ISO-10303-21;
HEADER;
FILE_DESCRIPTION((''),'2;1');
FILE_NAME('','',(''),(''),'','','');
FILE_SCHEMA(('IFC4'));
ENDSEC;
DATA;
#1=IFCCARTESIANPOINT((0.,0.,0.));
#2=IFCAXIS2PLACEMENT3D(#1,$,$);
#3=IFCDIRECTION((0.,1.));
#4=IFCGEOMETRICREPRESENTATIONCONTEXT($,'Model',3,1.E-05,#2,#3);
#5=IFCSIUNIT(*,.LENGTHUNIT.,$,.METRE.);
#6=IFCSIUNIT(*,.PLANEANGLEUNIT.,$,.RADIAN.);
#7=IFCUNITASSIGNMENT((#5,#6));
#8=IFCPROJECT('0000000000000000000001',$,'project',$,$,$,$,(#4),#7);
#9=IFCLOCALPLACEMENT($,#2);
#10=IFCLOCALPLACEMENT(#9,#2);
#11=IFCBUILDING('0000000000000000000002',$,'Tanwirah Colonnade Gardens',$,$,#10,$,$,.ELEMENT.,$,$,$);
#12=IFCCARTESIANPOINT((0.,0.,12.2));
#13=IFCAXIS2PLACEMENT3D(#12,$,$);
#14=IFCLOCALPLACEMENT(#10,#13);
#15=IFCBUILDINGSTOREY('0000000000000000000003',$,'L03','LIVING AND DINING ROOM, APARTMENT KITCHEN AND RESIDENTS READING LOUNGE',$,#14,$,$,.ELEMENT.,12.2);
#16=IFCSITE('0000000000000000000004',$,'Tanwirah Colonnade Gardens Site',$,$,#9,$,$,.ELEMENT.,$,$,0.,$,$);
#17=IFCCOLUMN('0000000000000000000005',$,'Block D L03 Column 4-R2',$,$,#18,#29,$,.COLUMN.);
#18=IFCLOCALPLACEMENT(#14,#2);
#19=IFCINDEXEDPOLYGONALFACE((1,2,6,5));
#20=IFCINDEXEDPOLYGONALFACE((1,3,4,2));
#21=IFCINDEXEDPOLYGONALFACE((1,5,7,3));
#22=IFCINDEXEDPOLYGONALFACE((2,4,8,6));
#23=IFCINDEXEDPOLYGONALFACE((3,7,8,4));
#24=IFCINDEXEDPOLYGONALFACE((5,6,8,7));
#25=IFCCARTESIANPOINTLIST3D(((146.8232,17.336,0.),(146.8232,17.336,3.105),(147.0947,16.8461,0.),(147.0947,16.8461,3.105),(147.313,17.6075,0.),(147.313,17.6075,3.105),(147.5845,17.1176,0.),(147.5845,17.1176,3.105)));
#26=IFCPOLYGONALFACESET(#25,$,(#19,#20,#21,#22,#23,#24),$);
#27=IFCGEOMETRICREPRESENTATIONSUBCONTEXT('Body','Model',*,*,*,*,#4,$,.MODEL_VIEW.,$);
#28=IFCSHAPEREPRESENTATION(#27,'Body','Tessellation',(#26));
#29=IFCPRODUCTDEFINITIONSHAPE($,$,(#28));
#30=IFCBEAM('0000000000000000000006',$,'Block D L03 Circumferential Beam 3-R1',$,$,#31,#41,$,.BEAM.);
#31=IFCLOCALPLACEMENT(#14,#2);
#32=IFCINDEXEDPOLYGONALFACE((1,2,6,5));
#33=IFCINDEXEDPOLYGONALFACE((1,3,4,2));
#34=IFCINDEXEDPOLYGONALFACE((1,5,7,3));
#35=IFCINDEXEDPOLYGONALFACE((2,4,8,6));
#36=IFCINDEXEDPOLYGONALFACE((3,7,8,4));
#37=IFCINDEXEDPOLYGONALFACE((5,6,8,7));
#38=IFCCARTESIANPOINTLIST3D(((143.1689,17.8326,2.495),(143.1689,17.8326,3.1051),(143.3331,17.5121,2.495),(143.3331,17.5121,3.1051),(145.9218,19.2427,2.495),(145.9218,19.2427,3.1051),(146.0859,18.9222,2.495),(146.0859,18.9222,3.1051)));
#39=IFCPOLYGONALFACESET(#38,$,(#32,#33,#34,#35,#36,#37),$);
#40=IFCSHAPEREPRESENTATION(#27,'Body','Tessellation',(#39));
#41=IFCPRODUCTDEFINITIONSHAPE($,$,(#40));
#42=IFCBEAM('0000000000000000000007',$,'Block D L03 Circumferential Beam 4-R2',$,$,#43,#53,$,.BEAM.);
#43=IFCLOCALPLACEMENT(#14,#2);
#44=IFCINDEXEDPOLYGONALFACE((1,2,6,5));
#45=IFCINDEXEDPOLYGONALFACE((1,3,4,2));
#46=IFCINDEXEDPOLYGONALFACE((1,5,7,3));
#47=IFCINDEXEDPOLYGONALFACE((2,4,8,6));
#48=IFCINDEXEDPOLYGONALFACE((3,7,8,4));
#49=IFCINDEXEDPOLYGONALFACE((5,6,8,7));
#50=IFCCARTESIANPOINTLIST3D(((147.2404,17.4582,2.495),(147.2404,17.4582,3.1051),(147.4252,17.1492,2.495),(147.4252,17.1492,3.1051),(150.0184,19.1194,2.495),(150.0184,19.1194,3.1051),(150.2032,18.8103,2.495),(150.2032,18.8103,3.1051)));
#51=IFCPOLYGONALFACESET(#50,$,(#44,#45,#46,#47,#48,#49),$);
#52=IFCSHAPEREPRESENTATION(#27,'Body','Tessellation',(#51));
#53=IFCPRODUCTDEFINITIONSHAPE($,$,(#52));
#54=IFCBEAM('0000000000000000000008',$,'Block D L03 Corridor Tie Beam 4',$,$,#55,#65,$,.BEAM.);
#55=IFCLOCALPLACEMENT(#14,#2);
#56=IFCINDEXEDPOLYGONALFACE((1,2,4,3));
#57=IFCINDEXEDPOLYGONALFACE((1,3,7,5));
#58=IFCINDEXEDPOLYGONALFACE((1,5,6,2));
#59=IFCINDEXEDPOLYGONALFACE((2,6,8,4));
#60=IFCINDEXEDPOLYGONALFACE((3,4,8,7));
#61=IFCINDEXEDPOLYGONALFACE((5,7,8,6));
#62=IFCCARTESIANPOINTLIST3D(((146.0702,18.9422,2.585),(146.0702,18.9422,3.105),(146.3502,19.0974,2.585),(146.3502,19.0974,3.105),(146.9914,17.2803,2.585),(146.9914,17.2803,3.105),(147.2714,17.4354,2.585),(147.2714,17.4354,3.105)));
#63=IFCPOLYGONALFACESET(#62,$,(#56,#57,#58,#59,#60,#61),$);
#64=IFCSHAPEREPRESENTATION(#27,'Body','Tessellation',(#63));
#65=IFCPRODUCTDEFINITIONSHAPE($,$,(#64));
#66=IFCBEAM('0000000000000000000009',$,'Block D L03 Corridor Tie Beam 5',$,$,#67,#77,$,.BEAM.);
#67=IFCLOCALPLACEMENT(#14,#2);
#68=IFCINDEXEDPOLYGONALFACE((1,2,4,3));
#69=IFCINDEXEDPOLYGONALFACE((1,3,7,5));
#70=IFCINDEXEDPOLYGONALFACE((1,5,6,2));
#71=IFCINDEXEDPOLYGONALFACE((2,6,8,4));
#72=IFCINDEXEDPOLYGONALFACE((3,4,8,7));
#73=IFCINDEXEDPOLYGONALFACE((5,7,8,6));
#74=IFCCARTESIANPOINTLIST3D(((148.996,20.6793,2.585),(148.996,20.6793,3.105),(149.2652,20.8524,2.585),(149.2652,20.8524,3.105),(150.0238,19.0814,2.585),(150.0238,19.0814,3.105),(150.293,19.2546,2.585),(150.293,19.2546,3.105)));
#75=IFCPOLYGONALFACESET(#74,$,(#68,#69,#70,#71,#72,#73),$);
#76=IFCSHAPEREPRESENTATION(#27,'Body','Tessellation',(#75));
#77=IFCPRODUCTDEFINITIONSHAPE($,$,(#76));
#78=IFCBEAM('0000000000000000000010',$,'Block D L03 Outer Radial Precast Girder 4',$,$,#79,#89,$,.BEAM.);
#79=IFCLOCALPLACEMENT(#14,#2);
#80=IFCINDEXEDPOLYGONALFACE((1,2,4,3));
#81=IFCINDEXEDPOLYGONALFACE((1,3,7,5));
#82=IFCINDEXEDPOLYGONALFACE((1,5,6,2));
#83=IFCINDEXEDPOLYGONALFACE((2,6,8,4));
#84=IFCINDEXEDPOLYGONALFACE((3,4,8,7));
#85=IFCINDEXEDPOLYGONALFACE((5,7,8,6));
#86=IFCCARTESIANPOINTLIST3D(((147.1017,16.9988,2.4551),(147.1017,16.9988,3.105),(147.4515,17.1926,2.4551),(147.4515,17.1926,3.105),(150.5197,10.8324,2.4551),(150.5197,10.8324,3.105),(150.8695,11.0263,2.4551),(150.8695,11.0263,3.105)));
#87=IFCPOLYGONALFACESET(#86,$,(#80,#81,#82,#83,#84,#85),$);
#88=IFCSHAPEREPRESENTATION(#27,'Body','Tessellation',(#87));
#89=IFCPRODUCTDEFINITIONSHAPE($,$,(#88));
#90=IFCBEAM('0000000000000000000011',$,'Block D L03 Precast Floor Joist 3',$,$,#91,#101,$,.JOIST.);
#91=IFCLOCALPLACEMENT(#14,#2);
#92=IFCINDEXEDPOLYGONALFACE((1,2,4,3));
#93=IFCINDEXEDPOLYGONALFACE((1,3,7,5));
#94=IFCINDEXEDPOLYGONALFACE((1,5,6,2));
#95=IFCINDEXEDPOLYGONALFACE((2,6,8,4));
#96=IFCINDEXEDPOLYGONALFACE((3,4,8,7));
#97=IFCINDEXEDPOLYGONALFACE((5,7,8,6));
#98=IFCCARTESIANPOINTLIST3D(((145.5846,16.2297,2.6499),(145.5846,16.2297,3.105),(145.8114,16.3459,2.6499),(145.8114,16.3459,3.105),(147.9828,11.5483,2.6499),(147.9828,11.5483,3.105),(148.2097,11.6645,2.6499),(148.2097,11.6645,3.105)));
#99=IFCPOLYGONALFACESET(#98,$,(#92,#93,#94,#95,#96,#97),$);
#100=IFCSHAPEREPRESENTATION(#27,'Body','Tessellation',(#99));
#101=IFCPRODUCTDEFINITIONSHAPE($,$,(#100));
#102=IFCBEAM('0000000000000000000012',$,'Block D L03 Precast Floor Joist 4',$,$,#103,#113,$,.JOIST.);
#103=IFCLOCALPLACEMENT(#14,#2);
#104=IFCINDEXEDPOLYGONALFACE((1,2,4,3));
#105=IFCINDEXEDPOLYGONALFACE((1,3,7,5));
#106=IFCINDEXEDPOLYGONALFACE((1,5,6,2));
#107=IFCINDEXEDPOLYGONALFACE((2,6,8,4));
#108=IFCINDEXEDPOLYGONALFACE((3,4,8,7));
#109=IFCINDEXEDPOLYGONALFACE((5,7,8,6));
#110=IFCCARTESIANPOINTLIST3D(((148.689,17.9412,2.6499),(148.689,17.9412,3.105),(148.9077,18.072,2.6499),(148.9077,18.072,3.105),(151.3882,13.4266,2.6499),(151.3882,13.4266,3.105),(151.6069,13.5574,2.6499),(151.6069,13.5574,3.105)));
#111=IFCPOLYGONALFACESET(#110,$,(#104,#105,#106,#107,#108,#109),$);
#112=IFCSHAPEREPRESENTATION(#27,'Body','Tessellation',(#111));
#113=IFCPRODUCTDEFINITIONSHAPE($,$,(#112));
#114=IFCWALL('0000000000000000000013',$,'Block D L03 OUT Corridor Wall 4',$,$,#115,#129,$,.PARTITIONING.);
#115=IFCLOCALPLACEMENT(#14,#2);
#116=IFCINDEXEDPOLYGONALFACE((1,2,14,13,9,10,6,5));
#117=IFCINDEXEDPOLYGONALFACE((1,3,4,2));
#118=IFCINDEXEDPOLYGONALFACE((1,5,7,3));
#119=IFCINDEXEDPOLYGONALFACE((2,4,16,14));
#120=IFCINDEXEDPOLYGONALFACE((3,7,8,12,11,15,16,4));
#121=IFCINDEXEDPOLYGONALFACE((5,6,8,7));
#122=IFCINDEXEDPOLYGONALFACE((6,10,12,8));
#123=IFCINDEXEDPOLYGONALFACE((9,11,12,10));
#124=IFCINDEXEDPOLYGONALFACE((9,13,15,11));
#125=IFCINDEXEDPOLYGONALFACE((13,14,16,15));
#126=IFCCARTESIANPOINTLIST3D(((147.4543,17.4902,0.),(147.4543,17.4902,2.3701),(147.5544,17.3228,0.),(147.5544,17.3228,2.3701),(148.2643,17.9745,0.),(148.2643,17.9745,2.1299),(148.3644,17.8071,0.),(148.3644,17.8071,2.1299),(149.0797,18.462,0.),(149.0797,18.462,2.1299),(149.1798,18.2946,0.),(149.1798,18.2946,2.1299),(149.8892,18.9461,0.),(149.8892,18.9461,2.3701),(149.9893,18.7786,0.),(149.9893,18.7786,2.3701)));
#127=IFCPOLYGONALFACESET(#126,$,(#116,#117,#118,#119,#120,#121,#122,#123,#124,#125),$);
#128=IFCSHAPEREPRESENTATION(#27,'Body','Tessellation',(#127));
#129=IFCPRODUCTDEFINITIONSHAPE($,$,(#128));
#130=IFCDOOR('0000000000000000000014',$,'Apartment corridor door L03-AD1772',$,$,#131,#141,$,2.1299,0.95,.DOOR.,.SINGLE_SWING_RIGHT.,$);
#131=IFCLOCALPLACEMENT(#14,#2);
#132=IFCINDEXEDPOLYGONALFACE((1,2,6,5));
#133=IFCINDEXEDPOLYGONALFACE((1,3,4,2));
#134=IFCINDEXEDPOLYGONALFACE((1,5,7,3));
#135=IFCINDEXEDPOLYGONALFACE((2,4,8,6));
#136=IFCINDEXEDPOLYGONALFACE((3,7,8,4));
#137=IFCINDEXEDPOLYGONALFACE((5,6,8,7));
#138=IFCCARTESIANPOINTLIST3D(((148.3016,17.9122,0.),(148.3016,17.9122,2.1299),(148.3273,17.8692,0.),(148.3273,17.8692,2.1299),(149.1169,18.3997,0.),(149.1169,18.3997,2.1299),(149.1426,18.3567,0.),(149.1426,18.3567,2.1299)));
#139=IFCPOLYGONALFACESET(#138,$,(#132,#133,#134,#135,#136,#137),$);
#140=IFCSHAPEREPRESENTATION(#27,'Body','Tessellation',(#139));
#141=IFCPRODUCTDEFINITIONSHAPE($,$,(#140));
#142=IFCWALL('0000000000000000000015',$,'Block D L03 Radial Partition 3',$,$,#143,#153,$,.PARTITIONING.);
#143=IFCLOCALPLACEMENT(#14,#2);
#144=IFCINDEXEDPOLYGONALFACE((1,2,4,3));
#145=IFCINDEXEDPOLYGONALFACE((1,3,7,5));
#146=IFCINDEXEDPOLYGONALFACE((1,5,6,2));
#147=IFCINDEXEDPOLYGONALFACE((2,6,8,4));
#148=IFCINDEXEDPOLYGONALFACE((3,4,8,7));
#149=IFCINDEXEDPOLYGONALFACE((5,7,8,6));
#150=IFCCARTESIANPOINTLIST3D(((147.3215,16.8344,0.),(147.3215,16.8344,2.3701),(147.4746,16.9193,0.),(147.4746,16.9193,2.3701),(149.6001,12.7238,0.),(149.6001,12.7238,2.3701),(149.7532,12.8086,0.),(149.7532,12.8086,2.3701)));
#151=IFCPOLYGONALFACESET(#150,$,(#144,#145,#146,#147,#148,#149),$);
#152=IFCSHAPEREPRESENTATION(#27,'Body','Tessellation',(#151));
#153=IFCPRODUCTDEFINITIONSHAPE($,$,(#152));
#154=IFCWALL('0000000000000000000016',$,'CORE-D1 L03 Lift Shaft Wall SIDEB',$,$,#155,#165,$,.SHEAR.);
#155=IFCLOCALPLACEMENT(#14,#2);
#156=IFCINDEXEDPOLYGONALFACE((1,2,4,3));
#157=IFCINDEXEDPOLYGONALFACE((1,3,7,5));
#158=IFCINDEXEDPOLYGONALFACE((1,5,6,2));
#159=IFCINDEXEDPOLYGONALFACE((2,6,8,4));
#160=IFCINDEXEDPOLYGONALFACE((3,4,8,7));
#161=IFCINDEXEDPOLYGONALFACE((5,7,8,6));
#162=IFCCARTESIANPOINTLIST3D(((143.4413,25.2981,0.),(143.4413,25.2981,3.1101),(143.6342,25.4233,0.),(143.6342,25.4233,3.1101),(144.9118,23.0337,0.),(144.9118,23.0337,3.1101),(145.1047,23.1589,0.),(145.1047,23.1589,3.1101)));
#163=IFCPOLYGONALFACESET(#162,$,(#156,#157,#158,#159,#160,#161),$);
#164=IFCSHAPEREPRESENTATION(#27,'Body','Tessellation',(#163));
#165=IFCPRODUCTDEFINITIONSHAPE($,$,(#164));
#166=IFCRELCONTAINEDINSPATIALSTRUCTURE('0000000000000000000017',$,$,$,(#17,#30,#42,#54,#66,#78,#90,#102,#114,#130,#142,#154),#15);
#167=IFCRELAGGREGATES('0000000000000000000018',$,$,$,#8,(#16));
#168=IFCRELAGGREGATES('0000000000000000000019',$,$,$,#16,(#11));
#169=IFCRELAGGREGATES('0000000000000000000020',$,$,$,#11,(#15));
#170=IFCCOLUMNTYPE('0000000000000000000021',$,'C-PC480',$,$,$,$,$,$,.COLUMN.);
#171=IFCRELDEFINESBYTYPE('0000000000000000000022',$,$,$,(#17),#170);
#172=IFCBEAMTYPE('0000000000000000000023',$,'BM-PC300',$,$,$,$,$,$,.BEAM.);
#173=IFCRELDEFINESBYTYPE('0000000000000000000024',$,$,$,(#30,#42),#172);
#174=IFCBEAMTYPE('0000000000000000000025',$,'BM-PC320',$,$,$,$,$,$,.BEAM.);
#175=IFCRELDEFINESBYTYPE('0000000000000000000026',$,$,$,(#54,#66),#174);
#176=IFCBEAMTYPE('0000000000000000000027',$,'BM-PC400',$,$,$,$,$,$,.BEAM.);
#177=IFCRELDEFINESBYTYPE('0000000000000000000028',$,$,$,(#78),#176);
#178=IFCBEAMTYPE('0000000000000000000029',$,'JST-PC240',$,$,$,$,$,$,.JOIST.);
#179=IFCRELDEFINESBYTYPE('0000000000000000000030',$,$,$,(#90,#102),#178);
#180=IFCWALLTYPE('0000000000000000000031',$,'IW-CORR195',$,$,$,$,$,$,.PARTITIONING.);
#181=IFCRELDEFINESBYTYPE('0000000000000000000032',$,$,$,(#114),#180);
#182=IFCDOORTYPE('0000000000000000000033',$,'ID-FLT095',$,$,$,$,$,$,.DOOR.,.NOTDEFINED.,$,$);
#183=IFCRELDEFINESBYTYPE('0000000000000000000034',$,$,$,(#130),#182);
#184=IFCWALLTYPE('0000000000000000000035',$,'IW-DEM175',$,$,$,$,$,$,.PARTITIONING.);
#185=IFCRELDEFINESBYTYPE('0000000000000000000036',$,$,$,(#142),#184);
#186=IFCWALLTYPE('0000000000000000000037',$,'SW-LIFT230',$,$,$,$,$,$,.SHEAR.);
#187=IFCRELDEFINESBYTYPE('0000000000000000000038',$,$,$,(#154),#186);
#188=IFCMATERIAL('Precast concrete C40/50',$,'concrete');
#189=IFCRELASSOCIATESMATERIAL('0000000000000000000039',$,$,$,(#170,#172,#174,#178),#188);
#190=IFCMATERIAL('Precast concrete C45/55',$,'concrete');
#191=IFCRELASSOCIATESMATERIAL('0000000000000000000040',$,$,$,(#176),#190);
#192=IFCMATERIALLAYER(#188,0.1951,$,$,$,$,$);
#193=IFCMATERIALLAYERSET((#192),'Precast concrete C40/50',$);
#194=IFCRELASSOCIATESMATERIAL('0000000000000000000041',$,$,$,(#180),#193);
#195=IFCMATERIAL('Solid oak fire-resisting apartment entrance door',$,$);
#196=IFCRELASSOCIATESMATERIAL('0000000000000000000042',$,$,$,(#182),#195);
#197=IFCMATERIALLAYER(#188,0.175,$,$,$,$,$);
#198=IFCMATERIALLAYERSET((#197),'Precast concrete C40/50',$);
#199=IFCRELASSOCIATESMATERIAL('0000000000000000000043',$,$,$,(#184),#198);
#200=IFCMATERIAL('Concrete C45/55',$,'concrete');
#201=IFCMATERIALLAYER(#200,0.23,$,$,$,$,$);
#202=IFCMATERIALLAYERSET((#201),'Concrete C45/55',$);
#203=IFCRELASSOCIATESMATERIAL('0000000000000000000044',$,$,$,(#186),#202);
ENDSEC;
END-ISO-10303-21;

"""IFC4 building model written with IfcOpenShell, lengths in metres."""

from ifc_helpers import new_model, si_unit, direction, frame, frame_2d, origin, origin_2d, place, context, subcontext, project, spatial, rectangle, extrude, material, layer, layer_set, material_profile, profile_set, type_object, element, fill, save


model = new_model("IFC4")

# Units and contexts
model_context = context("Model", 3, precision=1e-05, world=origin(), true_north=direction((0.0, 1.0)))
body_context = subcontext(model_context, "Body", "Model", "MODEL_VIEW")
ifc_project = project(units=[si_unit("LENGTHUNIT", "METRE"), si_unit("PLANEANGLEUNIT", "RADIAN")], contexts=[model_context])

# Site, building, storey
site_placement = place(None, origin())
site = spatial("IfcSite", under=ifc_project, at=site_placement, Name="Tanwirah Colonnade Gardens Site", CompositionType="ELEMENT", RefElevation=0.0)
building_placement = place(site_placement, origin())
building = spatial("IfcBuilding", under=site, at=building_placement, Name="Tanwirah Colonnade Gardens", CompositionType="ELEMENT")
storey_placement = place(building_placement, frame((0.0, 0.0, 12.2)))
storey = spatial("IfcBuildingStorey", under=building, at=storey_placement, Name="L03", Description="LIVING AND DINING ROOM, APARTMENT KITCHEN AND RESIDENTS READING LOUNGE", CompositionType="ELEMENT", Elevation=12.2)

# Column
ifc_material_1 = material(Name="Precast concrete C40/50", Category="concrete")
ifc_material_profile_1 = material_profile(ifc_material_1, rectangle(XDim=0.5601, YDim=0.5601, at=origin_2d()), Name="PC-COL 560x560")
ifc_profile_set_1 = profile_set([ifc_material_profile_1], Name="Precast concrete C40/50")
column_type = type_object("IfcColumnType", Name="C-PC480", PredefinedType="COLUMN", material=ifc_profile_set_1)
column_placement = place(storey_placement, frame((147.2039, 17.2268, 0.0), z_axis=(0.0, 0.0, 1.0), x_axis=(0.48481, -0.87462, 0.0)))
element("IfcColumn", 1, at=column_placement, inside=storey, type_object=column_type, Name="Block D L03 Column 4-R2", PredefinedType="COLUMN", context=body_context, shape_type="SweptSolid", body=[
    extrude(rectangle(XDim=0.5601, YDim=0.5601, at=origin_2d()), origin(), (0.0, 0.0, 1.0), 3.105),
])

# Beams
ifc_material_profile_2 = material_profile(ifc_material_1, rectangle(XDim=0.3601, YDim=0.6101, at=origin_2d()), Name="PC-BM 360x610")
ifc_profile_set_2 = profile_set([ifc_material_profile_2], Name="Precast concrete C40/50")
beam_type_1 = type_object("IfcBeamType", Name="BM-PC300", PredefinedType="BEAM", material=ifc_profile_set_2)
beam_1_placement = place(storey_placement, frame((143.251, 17.6724, 2.8), z_axis=(0.890028, 0.455906, 0.0), x_axis=(-0.455906, 0.890028, 0.0)))
element("IfcBeam", 2, at=beam_1_placement, inside=storey, type_object=beam_type_1, Name="Block D L03 Circumferential Beam 3-R1", PredefinedType="BEAM", context=body_context, shape_type="SweptSolid", body=[
    extrude(rectangle(XDim=0.3601, YDim=0.6101, at=origin_2d()), origin(), (0.0, 0.0, 1.0), 3.093),
])
beam_2_placement = place(storey_placement, frame((147.3328, 17.3037, 2.8), z_axis=(0.858271, 0.513197, 0.0), x_axis=(-0.513197, 0.858271, 0.0)))
element("IfcBeam", 3, at=beam_2_placement, inside=storey, type_object=beam_type_1, Name="Block D L03 Circumferential Beam 4-R2", PredefinedType="BEAM", context=body_context, shape_type="SweptSolid", body=[
    extrude(rectangle(XDim=0.3601, YDim=0.6101, at=origin_2d()), origin(), (0.0, 0.0, 1.0), 3.2368),
])
ifc_material_profile_3 = material_profile(ifc_material_1, rectangle(XDim=0.3201, YDim=0.52, at=origin_2d()), Name="PC-BM 320x520")
ifc_profile_set_3 = profile_set([ifc_material_profile_3], Name="Precast concrete C40/50")
beam_type_2 = type_object("IfcBeamType", Name="BM-PC320", PredefinedType="BEAM", material=ifc_profile_set_3)
beam_3_placement = place(storey_placement, frame((146.2102, 19.0198, 2.845), z_axis=(0.484792, -0.87463, 0.0), x_axis=(0.87463, 0.484792, 0.0)))
element("IfcBeam", 4, at=beam_3_placement, inside=storey, type_object=beam_type_2, Name="Block D L03 Corridor Tie Beam 4", PredefinedType="BEAM", context=body_context, shape_type="SweptSolid", body=[
    extrude(rectangle(XDim=0.3201, YDim=0.52, at=origin_2d()), origin(), (0.0, 0.0, 1.0), 1.9001),
])
beam_4_placement = place(storey_placement, frame((149.1306, 20.7659, 2.845), z_axis=(0.540985, -0.841032, 0.0), x_axis=(0.841032, 0.540985, 0.0)))
element("IfcBeam", 5, at=beam_4_placement, inside=storey, type_object=beam_type_2, Name="Block D L03 Corridor Tie Beam 5", PredefinedType="BEAM", context=body_context, shape_type="SweptSolid", body=[
    extrude(rectangle(XDim=0.3201, YDim=0.52, at=origin_2d()), origin(), (0.0, 0.0, 1.0), 1.8999),
])
ifc_material_2 = material(Name="Precast concrete C45/55", Category="concrete")
ifc_material_profile_4 = material_profile(ifc_material_2, rectangle(XDim=0.3999, YDim=0.6499, at=origin_2d()), Name="PC-BM 400x650")
ifc_profile_set_4 = profile_set([ifc_material_profile_4], Name="Precast concrete C45/55")
beam_type_3 = type_object("IfcBeamType", Name="BM-PC400", PredefinedType="BEAM", material=ifc_profile_set_4)
beam_5_placement = place(storey_placement, frame((147.2766, 17.0957, 2.78), z_axis=(0.484805, -0.874622, 0.0), x_axis=(0.874622, 0.484805, 0.0)))
element("IfcBeam", 6, at=beam_5_placement, inside=storey, type_object=beam_type_3, Name="Block D L03 Outer Radial Precast Girder 4", PredefinedType="BEAM", context=body_context, shape_type="SweptSolid", body=[
    extrude(rectangle(XDim=0.3999, YDim=0.6499, at=origin_2d()), origin(), (0.0, 0.0, 1.0), 7.0503),
])
ifc_material_profile_5 = material_profile(ifc_material_1, rectangle(XDim=0.2549, YDim=0.4551, at=origin_2d()), Name="PC-JST 255x455")
ifc_profile_set_5 = profile_set([ifc_material_profile_5], Name="Precast concrete C40/50")
beam_type_4 = type_object("IfcBeamType", Name="JST-PC240", PredefinedType="JOIST", material=ifc_profile_set_5)
for number, where, z_axis, x_axis, name in (
    (7, (145.698, 16.2878, 2.8774), (0.455937, -0.890012, 0.0), (0.890012, 0.455937, 0.0), "Block D L03 Precast Floor Joist 3"),
    (8, (148.7983, 18.0066, 2.8774), (0.513157, -0.858295, 0.0), (0.858295, 0.513157, 0.0), "Block D L03 Precast Floor Joist 4"),
):
    element("IfcBeam", number, at=place(storey_placement, frame(where, z_axis=z_axis, x_axis=x_axis)), inside=storey, type_object=beam_type_4, Name=name, PredefinedType="JOIST", context=body_context, shape_type="SweptSolid", body=[
        extrude(rectangle(XDim=0.2549, YDim=0.4551, at=origin_2d()), origin(), (0.0, 0.0, 1.0), 5.26),
    ])

# Wall, opening, door
ifc_layer_1 = layer(ifc_material_1, 0.1951)
ifc_layer_set_1 = layer_set([ifc_layer_1], Name="Precast concrete C40/50")
wall_type_1 = type_object("IfcWallType", Name="IW-CORR195", PredefinedType="PARTITIONING", material=ifc_layer_set_1)
ifc_material_3 = material(Name="Solid oak fire-resisting apartment entrance door")
wall_1_placement = place(storey_placement, frame((147.5044, 17.4065, 0.0), z_axis=(0.0, 0.0, 1.0), x_axis=(0.858282, 0.513179, 0.0)))
wall_1 = element("IfcWall", 9, at=wall_1_placement, inside=storey, type_object=wall_type_1, Name="Block D L03 OUT Corridor Wall 4", PredefinedType="PARTITIONING", context=body_context, shape_type="SweptSolid", body=[
    extrude(rectangle(XDim=2.8369, YDim=0.1951, at=frame_2d((1.4185, 0.0))), origin(), (0.0, 0.0, 1.0), 2.3701),
])
opening_1_placement = place(wall_1_placement, frame((0.9436, 0.0, 0.0)))
opening_1 = element("IfcOpeningElement", 10, at=opening_1_placement, cuts=wall_1, PredefinedType="OPENING", context=body_context, shape_type="SweptSolid", body=[
    extrude(rectangle(XDim=0.95, YDim=2.1299, at=frame_2d((0.4751, 1.0649))), frame((0.0, 0.1074, 0.0), z_axis=(0.0, -1.0, 0.0), x_axis=(1.0, 0.0, 0.0)), (0.0, 0.0, 1.0), 0.2151),
])
door_type_1 = type_object("IfcDoorType", Name="ID-FLT095", OperationType="NOTDEFINED", PredefinedType="DOOR", material=ifc_material_3)
door_1_placement = place(opening_1_placement, origin())
door_1 = element("IfcDoor", 11, at=door_1_placement, inside=storey, type_object=door_type_1, Name="Apartment corridor door L03-AD1772", OperationType="SINGLE_SWING_RIGHT", OverallHeight=2.1299, OverallWidth=0.95, PredefinedType="DOOR", context=body_context, shape_type="SweptSolid", body=[
    extrude(rectangle(XDim=0.95, YDim=2.1299, at=frame_2d((0.4751, 1.0649))), frame((0.0, 0.0249, 0.0), z_axis=(0.0, -1.0, 0.0), x_axis=(1.0, 0.0, 0.0)), (0.0, 0.0, 1.0), 0.05),
])
fill(opening_1, door_1)

# Wall
ifc_layer_2 = layer(ifc_material_1, 0.175)
ifc_layer_set_2 = layer_set([ifc_layer_2], Name="Precast concrete C40/50")
wall_type_2 = type_object("IfcWallType", Name="IW-DEM175", PredefinedType="PARTITIONING", material=ifc_layer_set_2)
wall_2_placement = place(storey_placement, frame((147.3979, 16.877, 0.0), z_axis=(0.0, 0.0, 1.0), x_axis=(0.484814, -0.874618, 0.0)))
element("IfcWall", 12, at=wall_2_placement, inside=storey, type_object=wall_type_2, Name="Block D L03 Radial Partition 3", PredefinedType="PARTITIONING", context=body_context, shape_type="SweptSolid", body=[
    extrude(rectangle(XDim=4.7, YDim=0.175, at=frame_2d((2.3501, 0.0))), origin(), (0.0, 0.0, 1.0), 2.3701),
])

# Wall
ifc_material_4 = material(Name="Concrete C45/55", Category="concrete")
ifc_layer_3 = layer(ifc_material_4, 0.23)
ifc_layer_set_3 = layer_set([ifc_layer_3], Name="Concrete C45/55")
wall_type_3 = type_object("IfcWallType", Name="SW-LIFT230", PredefinedType="SHEAR", material=ifc_layer_set_3)
wall_3_placement = place(storey_placement, frame((145.0083, 23.0962, 0.0), z_axis=(0.0, 0.0, 1.0), x_axis=(-0.544623, 0.838681, 0.0)))
element("IfcWall", 13, at=wall_3_placement, inside=storey, type_object=wall_type_3, Name="CORE-D1 L03 Lift Shaft Wall SIDEB", PredefinedType="SHEAR", context=body_context, shape_type="SweptSolid", body=[
    extrude(rectangle(XDim=2.7, YDim=0.23, at=frame_2d((1.3501, 0.0))), origin(), (0.0, 0.0, 1.0), 3.1101),
])

save(model, "model.ifc")
